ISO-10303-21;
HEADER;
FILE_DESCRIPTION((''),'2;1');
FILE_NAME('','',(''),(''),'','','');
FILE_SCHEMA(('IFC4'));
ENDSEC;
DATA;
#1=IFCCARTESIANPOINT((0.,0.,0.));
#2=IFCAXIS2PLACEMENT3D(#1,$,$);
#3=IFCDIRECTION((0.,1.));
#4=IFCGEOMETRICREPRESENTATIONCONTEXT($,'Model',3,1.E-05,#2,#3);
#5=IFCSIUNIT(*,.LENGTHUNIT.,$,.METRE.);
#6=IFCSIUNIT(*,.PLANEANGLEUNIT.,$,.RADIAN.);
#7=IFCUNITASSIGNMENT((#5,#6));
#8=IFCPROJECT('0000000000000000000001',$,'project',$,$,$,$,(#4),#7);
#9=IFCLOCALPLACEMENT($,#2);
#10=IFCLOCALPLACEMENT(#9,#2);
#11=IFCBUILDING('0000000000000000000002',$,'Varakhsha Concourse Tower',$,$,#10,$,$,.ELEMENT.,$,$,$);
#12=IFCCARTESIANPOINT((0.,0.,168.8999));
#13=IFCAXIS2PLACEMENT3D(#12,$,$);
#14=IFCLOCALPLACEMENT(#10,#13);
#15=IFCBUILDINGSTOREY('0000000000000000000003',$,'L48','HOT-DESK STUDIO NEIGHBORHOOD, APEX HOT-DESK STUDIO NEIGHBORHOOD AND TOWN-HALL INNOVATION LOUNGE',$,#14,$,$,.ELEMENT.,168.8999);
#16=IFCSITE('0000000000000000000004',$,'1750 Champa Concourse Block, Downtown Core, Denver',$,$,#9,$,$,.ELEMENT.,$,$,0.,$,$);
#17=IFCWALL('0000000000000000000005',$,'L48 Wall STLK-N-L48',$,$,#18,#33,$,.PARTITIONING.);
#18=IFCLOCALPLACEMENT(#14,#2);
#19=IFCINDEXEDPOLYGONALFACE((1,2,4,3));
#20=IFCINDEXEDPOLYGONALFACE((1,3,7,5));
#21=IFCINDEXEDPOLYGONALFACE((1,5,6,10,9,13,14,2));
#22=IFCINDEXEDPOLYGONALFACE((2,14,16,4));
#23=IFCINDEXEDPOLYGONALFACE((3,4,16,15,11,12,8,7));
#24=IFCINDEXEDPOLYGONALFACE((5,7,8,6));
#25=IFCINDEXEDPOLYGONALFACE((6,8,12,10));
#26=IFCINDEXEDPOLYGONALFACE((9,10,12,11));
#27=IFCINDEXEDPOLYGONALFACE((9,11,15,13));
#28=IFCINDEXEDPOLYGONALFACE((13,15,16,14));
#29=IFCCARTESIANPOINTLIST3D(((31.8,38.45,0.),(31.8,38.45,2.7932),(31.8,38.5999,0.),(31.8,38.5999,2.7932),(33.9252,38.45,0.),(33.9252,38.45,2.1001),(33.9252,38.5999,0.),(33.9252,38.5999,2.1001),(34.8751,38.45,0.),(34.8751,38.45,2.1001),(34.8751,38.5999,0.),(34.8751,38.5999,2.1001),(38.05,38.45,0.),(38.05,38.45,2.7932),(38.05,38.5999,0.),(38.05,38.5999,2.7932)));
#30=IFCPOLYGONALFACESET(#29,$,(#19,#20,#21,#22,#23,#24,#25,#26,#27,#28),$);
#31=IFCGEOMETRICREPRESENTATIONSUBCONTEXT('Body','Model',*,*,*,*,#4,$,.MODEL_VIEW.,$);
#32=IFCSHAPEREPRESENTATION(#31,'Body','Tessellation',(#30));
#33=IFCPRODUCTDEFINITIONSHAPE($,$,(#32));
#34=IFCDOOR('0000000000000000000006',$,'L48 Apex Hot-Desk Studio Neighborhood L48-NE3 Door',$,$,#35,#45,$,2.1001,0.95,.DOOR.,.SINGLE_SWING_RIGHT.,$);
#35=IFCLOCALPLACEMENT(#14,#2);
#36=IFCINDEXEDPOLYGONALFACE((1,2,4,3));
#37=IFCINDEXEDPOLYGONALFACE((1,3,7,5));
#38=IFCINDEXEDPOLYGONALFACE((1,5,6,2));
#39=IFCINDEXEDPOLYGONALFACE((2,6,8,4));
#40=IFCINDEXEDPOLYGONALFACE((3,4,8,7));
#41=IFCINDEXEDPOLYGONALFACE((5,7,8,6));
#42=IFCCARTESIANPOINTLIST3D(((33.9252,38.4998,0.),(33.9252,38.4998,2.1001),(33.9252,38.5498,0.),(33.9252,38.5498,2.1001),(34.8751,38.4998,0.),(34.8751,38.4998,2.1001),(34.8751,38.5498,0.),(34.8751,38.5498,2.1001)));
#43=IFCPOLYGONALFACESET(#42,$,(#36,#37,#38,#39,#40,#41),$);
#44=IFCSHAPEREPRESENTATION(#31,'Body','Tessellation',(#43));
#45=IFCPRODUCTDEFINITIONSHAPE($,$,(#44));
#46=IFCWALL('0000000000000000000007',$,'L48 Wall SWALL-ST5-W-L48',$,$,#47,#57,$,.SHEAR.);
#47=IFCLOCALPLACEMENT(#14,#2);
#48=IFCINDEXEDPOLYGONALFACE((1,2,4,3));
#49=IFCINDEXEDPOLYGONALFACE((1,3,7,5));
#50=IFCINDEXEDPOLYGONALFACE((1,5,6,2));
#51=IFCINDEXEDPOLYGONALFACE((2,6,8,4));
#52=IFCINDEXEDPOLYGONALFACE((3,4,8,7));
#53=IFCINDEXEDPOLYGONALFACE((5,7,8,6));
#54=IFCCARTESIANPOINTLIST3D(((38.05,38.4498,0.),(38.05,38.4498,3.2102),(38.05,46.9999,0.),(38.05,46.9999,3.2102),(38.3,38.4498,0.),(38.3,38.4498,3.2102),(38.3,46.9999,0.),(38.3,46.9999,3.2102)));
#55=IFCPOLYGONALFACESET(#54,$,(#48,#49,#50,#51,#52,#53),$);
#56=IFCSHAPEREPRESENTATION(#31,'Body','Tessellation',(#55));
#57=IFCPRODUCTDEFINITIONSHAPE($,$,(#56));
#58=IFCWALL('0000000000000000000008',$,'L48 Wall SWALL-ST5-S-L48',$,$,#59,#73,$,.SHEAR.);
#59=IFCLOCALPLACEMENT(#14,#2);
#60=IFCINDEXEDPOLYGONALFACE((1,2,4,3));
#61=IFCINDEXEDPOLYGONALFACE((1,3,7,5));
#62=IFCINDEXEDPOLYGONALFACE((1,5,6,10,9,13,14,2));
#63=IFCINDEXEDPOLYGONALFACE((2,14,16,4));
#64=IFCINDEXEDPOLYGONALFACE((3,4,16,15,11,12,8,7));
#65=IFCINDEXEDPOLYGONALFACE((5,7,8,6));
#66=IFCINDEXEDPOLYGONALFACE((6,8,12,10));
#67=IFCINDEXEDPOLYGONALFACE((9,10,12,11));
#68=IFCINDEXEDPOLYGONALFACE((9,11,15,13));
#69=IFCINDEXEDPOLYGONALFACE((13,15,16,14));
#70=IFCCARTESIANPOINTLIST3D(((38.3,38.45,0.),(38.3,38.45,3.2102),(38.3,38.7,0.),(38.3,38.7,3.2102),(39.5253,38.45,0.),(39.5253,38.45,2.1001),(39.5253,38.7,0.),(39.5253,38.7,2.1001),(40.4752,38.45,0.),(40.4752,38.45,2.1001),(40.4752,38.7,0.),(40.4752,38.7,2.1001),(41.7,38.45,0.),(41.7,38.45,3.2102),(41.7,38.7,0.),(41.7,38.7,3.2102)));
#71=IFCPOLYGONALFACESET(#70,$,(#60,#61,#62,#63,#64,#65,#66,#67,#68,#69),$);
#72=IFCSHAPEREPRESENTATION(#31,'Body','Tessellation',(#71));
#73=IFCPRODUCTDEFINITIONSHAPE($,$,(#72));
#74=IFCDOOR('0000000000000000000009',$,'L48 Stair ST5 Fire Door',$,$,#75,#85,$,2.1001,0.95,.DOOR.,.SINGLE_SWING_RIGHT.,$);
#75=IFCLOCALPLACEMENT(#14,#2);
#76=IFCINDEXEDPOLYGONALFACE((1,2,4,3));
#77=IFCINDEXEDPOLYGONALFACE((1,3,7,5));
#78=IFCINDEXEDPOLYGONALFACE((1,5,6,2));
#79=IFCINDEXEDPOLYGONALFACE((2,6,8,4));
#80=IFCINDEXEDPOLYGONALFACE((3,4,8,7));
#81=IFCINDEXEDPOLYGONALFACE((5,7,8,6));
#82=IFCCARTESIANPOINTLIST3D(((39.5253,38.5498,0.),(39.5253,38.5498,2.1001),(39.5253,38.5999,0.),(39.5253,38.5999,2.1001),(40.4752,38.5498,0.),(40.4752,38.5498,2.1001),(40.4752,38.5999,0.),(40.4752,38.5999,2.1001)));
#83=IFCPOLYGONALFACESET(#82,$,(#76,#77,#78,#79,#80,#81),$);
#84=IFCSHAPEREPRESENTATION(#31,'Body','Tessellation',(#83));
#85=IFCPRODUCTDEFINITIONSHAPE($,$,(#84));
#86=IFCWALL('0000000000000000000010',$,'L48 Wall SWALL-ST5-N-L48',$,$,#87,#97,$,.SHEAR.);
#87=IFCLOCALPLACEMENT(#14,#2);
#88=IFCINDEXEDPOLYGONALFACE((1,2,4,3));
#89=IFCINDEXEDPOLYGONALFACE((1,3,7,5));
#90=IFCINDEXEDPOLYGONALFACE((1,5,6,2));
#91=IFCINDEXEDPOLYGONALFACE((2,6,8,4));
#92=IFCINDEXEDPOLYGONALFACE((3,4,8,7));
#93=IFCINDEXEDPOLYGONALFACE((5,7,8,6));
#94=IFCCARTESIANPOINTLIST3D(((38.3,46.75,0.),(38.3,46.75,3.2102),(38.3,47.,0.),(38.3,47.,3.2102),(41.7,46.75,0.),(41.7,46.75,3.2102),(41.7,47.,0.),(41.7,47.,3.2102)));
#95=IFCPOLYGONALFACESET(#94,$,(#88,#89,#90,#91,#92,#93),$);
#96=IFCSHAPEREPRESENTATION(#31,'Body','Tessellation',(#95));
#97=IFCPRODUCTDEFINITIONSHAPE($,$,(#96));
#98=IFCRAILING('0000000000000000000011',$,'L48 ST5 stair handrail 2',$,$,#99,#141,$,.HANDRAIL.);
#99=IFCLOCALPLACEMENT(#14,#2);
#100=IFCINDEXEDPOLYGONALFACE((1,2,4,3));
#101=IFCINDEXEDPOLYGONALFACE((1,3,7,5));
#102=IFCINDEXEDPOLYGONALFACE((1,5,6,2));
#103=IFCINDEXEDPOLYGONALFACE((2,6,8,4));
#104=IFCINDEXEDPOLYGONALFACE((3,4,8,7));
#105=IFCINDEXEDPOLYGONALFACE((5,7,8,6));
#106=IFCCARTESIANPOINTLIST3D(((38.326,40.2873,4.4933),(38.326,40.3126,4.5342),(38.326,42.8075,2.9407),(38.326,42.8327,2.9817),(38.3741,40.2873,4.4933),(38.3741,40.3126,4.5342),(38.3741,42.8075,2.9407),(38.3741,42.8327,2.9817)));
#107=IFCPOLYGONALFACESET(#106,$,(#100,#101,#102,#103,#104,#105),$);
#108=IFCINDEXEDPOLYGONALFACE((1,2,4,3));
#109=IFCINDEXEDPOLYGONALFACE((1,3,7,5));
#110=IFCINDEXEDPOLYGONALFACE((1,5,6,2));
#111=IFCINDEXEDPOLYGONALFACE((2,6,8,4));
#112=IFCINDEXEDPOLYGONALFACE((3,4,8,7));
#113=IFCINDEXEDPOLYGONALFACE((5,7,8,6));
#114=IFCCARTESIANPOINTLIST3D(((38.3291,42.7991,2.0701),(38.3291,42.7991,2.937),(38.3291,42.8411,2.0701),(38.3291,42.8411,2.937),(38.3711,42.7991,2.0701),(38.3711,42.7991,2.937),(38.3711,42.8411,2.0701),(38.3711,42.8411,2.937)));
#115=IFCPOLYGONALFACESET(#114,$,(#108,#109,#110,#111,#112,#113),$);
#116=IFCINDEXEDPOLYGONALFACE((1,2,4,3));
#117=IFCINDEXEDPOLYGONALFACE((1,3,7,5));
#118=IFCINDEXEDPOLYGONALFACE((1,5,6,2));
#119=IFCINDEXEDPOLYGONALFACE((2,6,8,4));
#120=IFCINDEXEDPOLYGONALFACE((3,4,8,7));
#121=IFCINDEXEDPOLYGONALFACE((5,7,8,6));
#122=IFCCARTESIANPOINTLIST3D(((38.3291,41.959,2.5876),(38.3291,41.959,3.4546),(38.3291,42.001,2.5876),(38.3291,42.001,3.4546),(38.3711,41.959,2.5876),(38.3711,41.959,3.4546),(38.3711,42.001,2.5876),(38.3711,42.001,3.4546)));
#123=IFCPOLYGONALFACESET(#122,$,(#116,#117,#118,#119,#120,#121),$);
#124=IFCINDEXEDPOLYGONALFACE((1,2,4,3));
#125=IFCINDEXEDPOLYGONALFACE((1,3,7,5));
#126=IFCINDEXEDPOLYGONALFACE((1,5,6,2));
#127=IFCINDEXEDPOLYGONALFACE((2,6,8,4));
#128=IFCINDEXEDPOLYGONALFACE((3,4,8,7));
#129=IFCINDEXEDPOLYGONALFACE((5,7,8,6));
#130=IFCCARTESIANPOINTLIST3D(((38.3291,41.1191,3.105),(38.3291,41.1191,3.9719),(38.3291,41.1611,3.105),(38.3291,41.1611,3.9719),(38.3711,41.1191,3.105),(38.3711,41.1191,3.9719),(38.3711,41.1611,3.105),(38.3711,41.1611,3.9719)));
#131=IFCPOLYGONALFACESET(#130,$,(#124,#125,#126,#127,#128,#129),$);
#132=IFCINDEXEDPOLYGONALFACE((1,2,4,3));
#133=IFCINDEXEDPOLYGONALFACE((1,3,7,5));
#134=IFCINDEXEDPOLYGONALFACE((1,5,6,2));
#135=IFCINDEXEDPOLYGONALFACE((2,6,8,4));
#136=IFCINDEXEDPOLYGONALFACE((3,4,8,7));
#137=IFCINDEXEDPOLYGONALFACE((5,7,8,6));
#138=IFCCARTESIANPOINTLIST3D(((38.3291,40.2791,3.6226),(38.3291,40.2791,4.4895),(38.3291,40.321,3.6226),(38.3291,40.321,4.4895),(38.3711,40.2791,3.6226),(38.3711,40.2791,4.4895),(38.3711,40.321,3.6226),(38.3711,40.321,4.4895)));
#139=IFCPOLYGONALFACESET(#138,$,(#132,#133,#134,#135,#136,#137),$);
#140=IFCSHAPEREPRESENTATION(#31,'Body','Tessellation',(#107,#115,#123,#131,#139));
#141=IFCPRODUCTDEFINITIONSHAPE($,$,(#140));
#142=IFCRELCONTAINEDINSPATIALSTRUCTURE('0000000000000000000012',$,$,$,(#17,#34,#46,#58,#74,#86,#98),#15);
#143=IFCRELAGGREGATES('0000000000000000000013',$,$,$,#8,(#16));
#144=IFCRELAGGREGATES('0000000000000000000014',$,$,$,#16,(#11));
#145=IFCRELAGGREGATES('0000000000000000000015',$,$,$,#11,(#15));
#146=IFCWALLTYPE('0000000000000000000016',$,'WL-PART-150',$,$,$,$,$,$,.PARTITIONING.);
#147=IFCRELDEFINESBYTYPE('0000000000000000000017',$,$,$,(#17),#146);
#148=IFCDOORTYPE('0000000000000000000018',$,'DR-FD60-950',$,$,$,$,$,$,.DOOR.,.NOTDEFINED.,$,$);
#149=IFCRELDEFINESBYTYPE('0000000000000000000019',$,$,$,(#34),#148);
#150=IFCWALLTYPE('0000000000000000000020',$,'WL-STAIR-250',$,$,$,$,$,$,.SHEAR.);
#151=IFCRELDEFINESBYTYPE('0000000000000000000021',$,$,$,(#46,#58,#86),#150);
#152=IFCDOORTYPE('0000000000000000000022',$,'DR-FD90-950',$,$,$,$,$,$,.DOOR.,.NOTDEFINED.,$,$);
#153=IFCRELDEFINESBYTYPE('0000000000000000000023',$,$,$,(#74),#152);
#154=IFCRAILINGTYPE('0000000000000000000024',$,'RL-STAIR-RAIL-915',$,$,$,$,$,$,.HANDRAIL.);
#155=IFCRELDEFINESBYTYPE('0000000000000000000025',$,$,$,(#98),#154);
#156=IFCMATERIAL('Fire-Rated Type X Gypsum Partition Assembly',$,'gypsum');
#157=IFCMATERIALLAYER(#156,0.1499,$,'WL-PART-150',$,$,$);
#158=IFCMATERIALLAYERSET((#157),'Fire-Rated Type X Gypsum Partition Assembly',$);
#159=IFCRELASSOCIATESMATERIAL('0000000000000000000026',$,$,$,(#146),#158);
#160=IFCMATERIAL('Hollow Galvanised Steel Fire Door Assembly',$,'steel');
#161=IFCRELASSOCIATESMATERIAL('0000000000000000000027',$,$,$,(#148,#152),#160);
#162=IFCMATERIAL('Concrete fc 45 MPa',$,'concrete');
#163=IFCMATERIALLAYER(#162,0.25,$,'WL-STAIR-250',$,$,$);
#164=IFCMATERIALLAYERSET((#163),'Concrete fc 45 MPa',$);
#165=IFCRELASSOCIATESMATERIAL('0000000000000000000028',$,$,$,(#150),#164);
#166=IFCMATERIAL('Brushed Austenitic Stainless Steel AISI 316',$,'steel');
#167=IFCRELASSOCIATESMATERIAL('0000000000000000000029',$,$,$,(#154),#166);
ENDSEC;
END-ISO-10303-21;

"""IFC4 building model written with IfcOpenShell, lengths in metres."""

from ifc_helpers import new_model, si_unit, direction, frame, frame_2d, origin, origin_2d, place, context, subcontext, project, spatial, rectangle, extrude, material, layer, layer_set, type_object, element, fill, save


model = new_model("IFC4")

# Units and contexts
model_context = context("Model", 3, precision=1e-05, world=origin(), true_north=direction((0.0, 1.0)))
body_context = subcontext(model_context, "Body", "Model", "MODEL_VIEW")
ifc_project = project(units=[si_unit("LENGTHUNIT", "METRE"), si_unit("PLANEANGLEUNIT", "RADIAN")], contexts=[model_context])

# Site, building, storey
site_placement = place(None, origin())
site = spatial("IfcSite", under=ifc_project, at=site_placement, Name="1750 Champa Concourse Block, Downtown Core, Denver", CompositionType="ELEMENT", RefElevation=0.0)
building_placement = place(site_placement, origin())
building = spatial("IfcBuilding", under=site, at=building_placement, Name="Varakhsha Concourse Tower", CompositionType="ELEMENT")
storey_placement = place(building_placement, frame((0.0, 0.0, 168.8999)))
storey = spatial("IfcBuildingStorey", under=building, at=storey_placement, Name="L48", Description="HOT-DESK STUDIO NEIGHBORHOOD, APEX HOT-DESK STUDIO NEIGHBORHOOD AND TOWN-HALL INNOVATION LOUNGE", CompositionType="ELEMENT", Elevation=168.8999)

# Shared definitions
ifc_material_1 = material(Name="Concrete fc 45 MPa", Category="concrete")
ifc_material_2 = material(Name="Fire-Rated Type X Gypsum Partition Assembly", Category="gypsum")
ifc_layer_1 = layer(ifc_material_2, 0.1499, Name="WL-PART-150")
ifc_layer_set_1 = layer_set([ifc_layer_1], Name="Fire-Rated Type X Gypsum Partition Assembly")
wall_type_1 = type_object("IfcWallType", Name="WL-PART-150", PredefinedType="PARTITIONING", material=ifc_layer_set_1)

# Wall, opening, door
wall_1_placement = place(storey_placement, frame((31.8, 38.5249, 0.0), z_axis=(0.0, 0.0, 1.0), x_axis=(1.0, 0.0, 0.0)))
wall_1 = element("IfcWall", 1, at=wall_1_placement, inside=storey, type_object=wall_type_1, Name="L48 Wall STLK-N-L48", PredefinedType="PARTITIONING", context=body_context, shape_type="SweptSolid", body=[
    extrude(rectangle(XDim=6.25, YDim=0.1499, at=frame_2d((3.125, 0.0))), origin(), (0.0, 0.0, 1.0), 2.7932),
])
opening_1_placement = place(wall_1_placement, frame((2.125, 0.0, 0.0)))
opening_1 = element("IfcOpeningElement", 2, at=opening_1_placement, cuts=wall_1, PredefinedType="OPENING", context=body_context, shape_type="SweptSolid", body=[
    extrude(rectangle(XDim=0.95, YDim=2.1001, at=frame_2d((0.4751, 1.05))), frame((0.0, 0.085, 0.0), z_axis=(0.0, -1.0, 0.0), x_axis=(1.0, 0.0, 0.0)), (0.0, 0.0, 1.0), 0.1699),
])
ifc_material_3 = material(Name="Hollow Galvanised Steel Fire Door Assembly", Category="steel")
door_type_1 = type_object("IfcDoorType", Name="DR-FD60-950", OperationType="NOTDEFINED", PredefinedType="DOOR", material=ifc_material_3)
door_1_placement = place(opening_1_placement, origin())
door_1 = element("IfcDoor", 3, at=door_1_placement, inside=storey, type_object=door_type_1, Name="L48 Apex Hot-Desk Studio Neighborhood L48-NE3 Door", OperationType="SINGLE_SWING_RIGHT", OverallHeight=2.1001, OverallWidth=0.95, PredefinedType="DOOR", context=body_context, shape_type="SweptSolid", body=[
    extrude(rectangle(XDim=0.95, YDim=2.1001, at=frame_2d((0.4751, 1.05))), frame((0.0, 0.0249, 0.0), z_axis=(0.0, -1.0, 0.0), x_axis=(1.0, 0.0, 0.0)), (0.0, 0.0, 1.0), 0.05),
])
fill(opening_1, door_1)

# Wall
ifc_layer_2 = layer(ifc_material_1, 0.25, Name="WL-STAIR-250")
ifc_layer_set_2 = layer_set([ifc_layer_2], Name="Concrete fc 45 MPa")
wall_type_2 = type_object("IfcWallType", Name="WL-STAIR-250", PredefinedType="SHEAR", material=ifc_layer_set_2)
wall_2_placement = place(storey_placement, frame((38.175, 38.45, 0.0), z_axis=(0.0, 0.0, 1.0), x_axis=(0.0, 1.0, 0.0)))
element("IfcWall", 4, at=wall_2_placement, inside=storey, type_object=wall_type_2, Name="L48 Wall SWALL-ST5-W-L48", PredefinedType="SHEAR", context=body_context, shape_type="SweptSolid", body=[
    extrude(rectangle(XDim=8.55, YDim=0.25, at=frame_2d((4.2749, 0.0))), origin(), (0.0, 0.0, 1.0), 3.2102),
])

# Wall, opening, door
wall_3_placement = place(storey_placement, frame((38.3, 38.575, 0.0), z_axis=(0.0, 0.0, 1.0), x_axis=(1.0, 0.0, 0.0)))
wall_3 = element("IfcWall", 5, at=wall_3_placement, inside=storey, type_object=wall_type_2, Name="L48 Wall SWALL-ST5-S-L48", PredefinedType="SHEAR", context=body_context, shape_type="SweptSolid", body=[
    extrude(rectangle(XDim=3.3999, YDim=0.25, at=frame_2d((1.7, 0.0))), origin(), (0.0, 0.0, 1.0), 3.2102),
])
opening_2_placement = place(wall_3_placement, frame((1.2251, 0.0, 0.0)))
opening_2 = element("IfcOpeningElement", 6, at=opening_2_placement, cuts=wall_3, PredefinedType="OPENING", context=body_context, shape_type="SweptSolid", body=[
    extrude(rectangle(XDim=0.95, YDim=2.1001, at=frame_2d((0.4751, 1.05))), frame((0.0, 0.135, 0.0), z_axis=(0.0, -1.0, 0.0), x_axis=(1.0, 0.0, 0.0)), (0.0, 0.0, 1.0), 0.27),
])
door_type_2 = type_object("IfcDoorType", Name="DR-FD90-950", OperationType="NOTDEFINED", PredefinedType="DOOR", material=ifc_material_3)
door_2_placement = place(opening_2_placement, origin())
door_2 = element("IfcDoor", 7, at=door_2_placement, inside=storey, type_object=door_type_2, Name="L48 Stair ST5 Fire Door", OperationType="SINGLE_SWING_RIGHT", OverallHeight=2.1001, OverallWidth=0.95, PredefinedType="DOOR", context=body_context, shape_type="SweptSolid", body=[
    extrude(rectangle(XDim=0.95, YDim=2.1001, at=frame_2d((0.4751, 1.05))), frame((0.0, 0.0249, 0.0), z_axis=(0.0, -1.0, 0.0), x_axis=(1.0, 0.0, 0.0)), (0.0, 0.0, 1.0), 0.05),
])
fill(opening_2, door_2)

# Wall
wall_4_placement = place(storey_placement, frame((38.3, 46.875, 0.0), z_axis=(0.0, 0.0, 1.0), x_axis=(1.0, 0.0, 0.0)))
element("IfcWall", 8, at=wall_4_placement, inside=storey, type_object=wall_type_2, Name="L48 Wall SWALL-ST5-N-L48", PredefinedType="SHEAR", context=body_context, shape_type="SweptSolid", body=[
    extrude(rectangle(XDim=3.3999, YDim=0.25, at=frame_2d((1.7, 0.0))), origin(), (0.0, 0.0, 1.0), 3.2102),
])

# Railing
ifc_material_4 = material(Name="Brushed Austenitic Stainless Steel AISI 316", Category="steel")
railing_type = type_object("IfcRailingType", Name="RL-STAIR-RAIL-915", PredefinedType="HANDRAIL", material=ifc_material_4)
railing_placement = place(storey_placement, frame((38.3501, 42.8201, 2.0701)))
element("IfcRailing", 9, at=railing_placement, inside=storey, type_object=railing_type, Name="L48 ST5 stair handrail 2", PredefinedType="HANDRAIL", context=body_context, shape_type="SweptSolid", body=[
    extrude(rectangle(XDim=0.0481, YDim=0.0481, at=origin_2d()), frame((0.0, 0.0, 0.8911), z_axis=(0.0, -0.8514, 0.524516), x_axis=(1.0, 0.0, 0.0)), (0.0, 0.0, 1.0), 2.96),
    extrude(rectangle(XDim=0.042, YDim=0.042, at=origin_2d()), origin(), (0.0, 0.0, 1.0), 0.8669),
    extrude(rectangle(XDim=0.042, YDim=0.042, at=origin_2d()), frame((0.0, -0.8401, 0.5176)), (0.0, 0.0, 1.0), 0.8669),
    extrude(rectangle(XDim=0.042, YDim=0.042, at=origin_2d()), frame((0.0, -1.6799, 1.0349)), (0.0, 0.0, 1.0), 0.8669),
    extrude(rectangle(XDim=0.042, YDim=0.042, at=origin_2d()), frame((0.0, -2.52, 1.5525)), (0.0, 0.0, 1.0), 0.8669),
])

save(model, "model.ifc")
